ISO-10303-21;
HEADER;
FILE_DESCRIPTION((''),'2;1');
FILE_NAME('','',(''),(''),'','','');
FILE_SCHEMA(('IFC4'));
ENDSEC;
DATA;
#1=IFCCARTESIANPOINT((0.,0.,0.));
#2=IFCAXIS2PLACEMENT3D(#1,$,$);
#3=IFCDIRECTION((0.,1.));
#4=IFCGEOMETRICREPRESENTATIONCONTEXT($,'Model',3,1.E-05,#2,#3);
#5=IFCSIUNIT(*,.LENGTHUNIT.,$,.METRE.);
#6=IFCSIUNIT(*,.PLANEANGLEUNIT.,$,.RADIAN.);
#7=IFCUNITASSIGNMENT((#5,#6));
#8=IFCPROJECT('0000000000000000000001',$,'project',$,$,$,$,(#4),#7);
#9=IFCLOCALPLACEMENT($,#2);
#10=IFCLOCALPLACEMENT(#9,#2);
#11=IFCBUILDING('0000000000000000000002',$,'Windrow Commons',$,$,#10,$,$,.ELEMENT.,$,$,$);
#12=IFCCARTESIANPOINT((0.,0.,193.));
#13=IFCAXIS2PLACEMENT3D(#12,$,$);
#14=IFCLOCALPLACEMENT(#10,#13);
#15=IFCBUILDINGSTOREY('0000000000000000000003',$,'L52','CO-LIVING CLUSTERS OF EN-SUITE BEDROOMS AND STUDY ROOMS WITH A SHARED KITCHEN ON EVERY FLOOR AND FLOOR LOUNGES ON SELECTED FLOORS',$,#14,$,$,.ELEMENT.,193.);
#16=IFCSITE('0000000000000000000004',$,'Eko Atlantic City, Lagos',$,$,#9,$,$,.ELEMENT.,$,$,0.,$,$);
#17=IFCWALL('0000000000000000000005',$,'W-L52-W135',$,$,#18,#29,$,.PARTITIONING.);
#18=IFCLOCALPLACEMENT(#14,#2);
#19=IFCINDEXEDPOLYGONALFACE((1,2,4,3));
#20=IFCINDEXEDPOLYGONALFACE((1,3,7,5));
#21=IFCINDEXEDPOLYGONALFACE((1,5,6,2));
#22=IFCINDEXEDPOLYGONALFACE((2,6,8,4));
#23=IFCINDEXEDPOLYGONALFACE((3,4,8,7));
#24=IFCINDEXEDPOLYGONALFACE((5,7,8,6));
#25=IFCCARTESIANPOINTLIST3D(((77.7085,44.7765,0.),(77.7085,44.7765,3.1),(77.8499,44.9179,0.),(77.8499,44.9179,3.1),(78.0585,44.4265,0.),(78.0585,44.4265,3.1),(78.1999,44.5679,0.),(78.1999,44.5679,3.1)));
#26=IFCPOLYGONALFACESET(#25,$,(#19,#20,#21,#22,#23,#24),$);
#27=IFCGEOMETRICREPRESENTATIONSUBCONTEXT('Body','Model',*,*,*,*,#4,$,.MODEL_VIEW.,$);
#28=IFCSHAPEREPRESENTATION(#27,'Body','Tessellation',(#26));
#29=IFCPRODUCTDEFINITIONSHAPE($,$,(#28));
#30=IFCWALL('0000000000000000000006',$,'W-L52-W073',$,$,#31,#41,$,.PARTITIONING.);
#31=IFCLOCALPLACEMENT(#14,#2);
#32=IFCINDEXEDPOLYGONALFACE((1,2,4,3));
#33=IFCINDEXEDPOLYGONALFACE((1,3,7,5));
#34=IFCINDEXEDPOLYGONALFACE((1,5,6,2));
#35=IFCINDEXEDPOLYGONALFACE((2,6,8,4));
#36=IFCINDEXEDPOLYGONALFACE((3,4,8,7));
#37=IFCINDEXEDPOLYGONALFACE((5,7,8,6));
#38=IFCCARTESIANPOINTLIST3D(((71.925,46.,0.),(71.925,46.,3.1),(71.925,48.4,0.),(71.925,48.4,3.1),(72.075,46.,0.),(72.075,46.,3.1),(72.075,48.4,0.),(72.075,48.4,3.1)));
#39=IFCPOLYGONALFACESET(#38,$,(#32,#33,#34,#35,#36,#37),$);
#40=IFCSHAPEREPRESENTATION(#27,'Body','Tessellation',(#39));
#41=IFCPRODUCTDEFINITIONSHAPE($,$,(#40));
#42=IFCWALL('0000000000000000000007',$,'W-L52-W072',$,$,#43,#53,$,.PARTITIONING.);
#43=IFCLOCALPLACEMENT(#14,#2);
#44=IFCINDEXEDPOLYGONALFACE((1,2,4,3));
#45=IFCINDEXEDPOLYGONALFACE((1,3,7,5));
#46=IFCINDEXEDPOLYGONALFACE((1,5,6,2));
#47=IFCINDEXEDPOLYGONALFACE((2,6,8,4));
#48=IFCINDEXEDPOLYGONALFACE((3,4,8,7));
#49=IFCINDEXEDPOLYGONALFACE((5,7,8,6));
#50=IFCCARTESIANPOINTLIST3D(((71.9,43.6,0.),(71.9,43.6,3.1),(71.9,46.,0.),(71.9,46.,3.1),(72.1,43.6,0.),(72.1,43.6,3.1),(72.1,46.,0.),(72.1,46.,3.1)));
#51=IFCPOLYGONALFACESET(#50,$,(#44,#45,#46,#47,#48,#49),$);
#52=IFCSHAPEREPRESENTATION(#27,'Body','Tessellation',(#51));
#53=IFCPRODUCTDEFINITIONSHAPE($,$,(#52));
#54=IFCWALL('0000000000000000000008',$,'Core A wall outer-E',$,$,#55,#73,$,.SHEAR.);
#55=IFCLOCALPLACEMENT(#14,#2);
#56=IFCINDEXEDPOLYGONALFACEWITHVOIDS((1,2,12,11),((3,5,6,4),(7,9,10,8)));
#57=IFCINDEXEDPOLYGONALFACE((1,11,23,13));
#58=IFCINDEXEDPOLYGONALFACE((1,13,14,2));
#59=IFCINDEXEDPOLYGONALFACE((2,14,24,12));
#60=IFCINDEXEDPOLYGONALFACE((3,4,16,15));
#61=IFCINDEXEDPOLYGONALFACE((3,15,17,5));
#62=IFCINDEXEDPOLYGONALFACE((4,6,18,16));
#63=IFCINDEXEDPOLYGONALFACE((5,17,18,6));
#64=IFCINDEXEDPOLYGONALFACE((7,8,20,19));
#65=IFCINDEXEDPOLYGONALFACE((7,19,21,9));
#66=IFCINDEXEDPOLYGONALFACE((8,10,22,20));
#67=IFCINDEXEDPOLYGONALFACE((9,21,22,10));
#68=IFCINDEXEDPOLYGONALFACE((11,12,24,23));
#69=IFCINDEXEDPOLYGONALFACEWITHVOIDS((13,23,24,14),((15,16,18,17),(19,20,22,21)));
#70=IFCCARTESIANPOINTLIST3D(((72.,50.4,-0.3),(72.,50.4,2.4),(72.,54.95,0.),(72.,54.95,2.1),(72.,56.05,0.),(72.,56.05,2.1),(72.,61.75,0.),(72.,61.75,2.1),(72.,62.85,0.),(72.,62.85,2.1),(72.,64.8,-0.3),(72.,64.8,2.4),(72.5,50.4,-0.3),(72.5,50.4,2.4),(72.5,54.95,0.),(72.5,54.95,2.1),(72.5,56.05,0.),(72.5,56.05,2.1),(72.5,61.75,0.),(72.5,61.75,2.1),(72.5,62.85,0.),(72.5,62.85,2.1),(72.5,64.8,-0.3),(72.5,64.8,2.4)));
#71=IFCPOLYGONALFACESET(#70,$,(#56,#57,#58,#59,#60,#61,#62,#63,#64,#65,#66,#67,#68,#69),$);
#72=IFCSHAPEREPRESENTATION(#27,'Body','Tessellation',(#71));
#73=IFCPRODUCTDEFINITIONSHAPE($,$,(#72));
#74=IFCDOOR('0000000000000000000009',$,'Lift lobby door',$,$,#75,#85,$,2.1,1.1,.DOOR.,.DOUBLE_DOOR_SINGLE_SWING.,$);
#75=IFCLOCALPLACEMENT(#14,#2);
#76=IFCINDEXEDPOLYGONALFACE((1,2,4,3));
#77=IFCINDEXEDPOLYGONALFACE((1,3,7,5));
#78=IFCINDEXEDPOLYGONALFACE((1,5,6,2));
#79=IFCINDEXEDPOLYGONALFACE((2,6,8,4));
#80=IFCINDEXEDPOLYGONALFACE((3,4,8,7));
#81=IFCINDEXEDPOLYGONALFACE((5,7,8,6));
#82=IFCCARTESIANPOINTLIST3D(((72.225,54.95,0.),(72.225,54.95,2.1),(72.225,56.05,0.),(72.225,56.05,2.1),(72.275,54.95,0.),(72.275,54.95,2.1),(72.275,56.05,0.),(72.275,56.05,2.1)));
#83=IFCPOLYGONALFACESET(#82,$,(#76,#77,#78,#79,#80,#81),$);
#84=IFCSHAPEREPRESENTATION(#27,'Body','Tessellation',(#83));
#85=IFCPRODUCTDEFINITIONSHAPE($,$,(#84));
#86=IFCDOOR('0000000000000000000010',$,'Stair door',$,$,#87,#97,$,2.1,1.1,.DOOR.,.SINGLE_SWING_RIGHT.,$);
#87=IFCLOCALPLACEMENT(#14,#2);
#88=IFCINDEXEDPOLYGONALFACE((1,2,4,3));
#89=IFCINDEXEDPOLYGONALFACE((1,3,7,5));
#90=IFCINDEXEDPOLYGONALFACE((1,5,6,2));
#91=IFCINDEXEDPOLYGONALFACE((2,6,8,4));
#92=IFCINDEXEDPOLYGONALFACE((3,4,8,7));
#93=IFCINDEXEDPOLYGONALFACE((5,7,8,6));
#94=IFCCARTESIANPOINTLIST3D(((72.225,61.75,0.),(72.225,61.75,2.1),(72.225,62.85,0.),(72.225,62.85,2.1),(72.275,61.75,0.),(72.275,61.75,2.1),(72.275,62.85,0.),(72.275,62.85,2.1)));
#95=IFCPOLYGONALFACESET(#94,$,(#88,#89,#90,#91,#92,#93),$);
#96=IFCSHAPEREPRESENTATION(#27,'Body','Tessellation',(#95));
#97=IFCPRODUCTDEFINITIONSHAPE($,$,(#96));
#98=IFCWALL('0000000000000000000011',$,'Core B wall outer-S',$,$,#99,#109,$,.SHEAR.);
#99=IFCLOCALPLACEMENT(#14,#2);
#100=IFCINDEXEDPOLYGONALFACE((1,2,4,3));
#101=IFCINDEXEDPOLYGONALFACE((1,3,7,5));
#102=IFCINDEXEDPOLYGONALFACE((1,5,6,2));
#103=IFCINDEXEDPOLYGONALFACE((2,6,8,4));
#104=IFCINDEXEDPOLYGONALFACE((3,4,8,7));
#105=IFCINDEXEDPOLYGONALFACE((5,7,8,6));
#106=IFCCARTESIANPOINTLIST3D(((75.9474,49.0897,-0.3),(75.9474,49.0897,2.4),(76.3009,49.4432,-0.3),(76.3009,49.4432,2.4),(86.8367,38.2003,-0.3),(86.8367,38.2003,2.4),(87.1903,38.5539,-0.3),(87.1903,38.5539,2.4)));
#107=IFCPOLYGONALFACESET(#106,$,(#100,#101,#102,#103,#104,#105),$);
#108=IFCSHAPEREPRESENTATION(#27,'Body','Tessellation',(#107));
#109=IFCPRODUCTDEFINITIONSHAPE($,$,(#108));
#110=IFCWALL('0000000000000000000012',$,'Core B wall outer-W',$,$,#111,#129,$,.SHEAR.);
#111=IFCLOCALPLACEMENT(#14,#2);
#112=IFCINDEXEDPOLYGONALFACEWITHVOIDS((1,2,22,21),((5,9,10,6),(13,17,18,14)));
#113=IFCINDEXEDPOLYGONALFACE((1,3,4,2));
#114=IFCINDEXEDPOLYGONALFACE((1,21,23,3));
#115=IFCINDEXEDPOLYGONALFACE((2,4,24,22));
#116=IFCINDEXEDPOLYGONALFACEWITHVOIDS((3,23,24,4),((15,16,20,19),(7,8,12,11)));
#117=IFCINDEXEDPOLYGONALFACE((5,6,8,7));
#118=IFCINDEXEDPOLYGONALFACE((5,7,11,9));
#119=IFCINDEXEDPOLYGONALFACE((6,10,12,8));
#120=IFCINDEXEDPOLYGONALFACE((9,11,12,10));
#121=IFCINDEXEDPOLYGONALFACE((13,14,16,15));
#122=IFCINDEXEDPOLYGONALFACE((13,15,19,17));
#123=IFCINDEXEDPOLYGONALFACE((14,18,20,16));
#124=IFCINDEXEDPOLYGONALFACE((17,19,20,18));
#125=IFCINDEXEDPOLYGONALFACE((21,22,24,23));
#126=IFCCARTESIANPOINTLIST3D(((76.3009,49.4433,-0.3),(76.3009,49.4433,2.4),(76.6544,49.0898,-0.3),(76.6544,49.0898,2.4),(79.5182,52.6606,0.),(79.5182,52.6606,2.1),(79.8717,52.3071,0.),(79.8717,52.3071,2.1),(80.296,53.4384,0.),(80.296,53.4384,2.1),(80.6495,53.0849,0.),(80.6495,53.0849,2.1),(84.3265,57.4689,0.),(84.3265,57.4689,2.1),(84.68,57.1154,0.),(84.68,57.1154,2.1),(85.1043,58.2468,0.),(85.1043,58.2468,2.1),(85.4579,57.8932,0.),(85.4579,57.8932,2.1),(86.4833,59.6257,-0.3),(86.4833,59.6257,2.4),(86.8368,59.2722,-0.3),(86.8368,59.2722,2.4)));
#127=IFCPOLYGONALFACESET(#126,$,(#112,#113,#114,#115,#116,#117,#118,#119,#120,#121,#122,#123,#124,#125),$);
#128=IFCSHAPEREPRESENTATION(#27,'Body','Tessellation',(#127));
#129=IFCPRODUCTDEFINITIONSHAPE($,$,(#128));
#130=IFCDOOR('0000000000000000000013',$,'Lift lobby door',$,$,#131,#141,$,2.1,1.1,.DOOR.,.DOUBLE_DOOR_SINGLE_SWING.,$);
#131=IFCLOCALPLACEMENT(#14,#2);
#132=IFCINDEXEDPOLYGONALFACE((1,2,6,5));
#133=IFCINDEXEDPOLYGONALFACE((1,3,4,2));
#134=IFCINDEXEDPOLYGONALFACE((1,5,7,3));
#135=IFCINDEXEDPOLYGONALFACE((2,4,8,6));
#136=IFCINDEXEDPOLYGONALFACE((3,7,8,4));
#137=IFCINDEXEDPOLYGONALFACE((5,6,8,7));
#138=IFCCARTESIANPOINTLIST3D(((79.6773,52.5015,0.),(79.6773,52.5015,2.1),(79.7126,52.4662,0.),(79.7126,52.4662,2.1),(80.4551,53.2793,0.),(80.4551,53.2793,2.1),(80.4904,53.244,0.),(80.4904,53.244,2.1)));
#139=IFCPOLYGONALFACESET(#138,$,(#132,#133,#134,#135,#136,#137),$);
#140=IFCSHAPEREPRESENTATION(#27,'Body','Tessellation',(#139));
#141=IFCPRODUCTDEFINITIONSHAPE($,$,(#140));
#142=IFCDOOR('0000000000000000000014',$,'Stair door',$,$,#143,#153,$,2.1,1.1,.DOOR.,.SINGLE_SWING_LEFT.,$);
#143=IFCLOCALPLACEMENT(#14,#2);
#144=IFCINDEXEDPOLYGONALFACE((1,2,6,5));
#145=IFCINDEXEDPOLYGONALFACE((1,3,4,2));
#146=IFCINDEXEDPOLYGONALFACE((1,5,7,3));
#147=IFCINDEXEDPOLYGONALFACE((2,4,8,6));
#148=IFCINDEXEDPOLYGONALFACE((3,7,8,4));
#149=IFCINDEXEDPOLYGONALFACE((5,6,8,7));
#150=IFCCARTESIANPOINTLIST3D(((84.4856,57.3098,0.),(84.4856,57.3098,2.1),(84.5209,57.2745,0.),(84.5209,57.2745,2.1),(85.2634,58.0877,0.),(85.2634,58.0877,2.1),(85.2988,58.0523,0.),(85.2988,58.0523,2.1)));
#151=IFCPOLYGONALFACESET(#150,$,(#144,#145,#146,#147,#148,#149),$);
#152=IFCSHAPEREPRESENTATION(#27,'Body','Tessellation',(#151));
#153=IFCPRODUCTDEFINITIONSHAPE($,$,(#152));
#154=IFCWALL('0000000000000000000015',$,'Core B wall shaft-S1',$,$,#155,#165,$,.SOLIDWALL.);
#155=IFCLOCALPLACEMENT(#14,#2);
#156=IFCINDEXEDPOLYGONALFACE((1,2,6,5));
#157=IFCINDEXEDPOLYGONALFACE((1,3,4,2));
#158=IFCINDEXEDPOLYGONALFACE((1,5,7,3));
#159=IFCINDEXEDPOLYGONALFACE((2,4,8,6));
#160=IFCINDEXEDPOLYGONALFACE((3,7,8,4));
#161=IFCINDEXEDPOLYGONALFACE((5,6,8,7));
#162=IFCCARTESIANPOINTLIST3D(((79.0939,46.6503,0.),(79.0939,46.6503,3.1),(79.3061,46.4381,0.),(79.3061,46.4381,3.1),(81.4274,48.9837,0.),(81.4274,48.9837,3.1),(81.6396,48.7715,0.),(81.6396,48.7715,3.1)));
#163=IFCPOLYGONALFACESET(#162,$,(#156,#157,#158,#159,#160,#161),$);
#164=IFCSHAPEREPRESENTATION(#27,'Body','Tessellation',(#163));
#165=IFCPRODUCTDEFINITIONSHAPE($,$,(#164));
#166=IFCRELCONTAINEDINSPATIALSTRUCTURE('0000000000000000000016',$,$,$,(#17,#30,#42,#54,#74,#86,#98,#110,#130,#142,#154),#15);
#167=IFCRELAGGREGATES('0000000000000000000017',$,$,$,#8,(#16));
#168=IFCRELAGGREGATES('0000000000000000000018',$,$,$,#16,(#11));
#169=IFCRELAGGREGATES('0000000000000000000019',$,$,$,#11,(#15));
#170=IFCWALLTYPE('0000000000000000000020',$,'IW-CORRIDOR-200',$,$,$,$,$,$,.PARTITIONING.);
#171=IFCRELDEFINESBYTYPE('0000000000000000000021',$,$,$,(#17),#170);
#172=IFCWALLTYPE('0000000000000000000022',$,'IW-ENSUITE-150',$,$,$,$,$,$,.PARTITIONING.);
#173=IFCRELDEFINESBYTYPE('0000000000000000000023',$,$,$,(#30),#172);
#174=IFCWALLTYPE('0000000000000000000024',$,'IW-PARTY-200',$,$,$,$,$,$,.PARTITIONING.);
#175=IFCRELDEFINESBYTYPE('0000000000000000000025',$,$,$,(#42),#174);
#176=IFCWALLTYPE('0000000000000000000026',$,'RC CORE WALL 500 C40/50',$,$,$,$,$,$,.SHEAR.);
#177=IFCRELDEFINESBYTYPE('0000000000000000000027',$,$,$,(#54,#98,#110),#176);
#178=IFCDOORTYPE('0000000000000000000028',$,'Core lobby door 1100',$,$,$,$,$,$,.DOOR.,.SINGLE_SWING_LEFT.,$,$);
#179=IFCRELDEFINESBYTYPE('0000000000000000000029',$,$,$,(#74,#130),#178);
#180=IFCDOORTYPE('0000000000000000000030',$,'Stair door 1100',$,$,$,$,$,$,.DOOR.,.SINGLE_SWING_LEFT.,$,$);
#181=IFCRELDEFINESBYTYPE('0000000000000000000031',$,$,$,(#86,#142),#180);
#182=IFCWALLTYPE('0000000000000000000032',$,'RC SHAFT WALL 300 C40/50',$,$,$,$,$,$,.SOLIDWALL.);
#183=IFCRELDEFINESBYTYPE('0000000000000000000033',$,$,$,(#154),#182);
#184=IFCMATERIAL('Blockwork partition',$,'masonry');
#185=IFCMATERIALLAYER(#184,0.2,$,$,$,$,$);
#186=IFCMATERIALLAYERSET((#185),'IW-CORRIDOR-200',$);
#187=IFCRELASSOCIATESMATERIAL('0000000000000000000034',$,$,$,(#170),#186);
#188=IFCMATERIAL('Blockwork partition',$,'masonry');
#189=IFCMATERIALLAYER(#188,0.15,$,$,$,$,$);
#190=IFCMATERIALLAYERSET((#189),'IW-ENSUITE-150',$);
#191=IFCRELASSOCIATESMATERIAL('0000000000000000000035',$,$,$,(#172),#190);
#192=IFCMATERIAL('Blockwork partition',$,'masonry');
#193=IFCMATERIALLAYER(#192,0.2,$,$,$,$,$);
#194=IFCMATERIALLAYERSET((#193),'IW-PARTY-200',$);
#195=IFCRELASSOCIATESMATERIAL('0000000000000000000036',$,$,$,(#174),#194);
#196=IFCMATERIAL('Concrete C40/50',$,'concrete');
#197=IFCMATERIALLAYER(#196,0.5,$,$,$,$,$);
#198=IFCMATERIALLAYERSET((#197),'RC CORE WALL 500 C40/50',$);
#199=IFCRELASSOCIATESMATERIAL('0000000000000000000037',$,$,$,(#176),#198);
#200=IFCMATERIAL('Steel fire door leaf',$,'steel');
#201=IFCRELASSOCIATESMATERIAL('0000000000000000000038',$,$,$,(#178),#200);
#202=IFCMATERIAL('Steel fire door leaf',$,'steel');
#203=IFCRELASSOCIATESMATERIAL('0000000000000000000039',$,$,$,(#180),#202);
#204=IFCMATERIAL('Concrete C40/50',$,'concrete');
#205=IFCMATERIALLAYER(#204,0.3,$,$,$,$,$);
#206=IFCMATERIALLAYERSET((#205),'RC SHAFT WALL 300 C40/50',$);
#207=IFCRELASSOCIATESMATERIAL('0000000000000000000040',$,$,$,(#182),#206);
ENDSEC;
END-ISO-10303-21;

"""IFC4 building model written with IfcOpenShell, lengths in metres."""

from ifc_helpers import new_model, si_unit, direction, frame, frame_2d, origin, place, context, subcontext, project, spatial, rectangle, extrude, material, layer, layer_set, type_object, element, fill, save


model = new_model("IFC4")

# Units and contexts
model_context = context("Model", 3, precision=1e-05, world=origin(), true_north=direction((0.0, 1.0)))
body_context = subcontext(model_context, "Body", "Model", "MODEL_VIEW")
ifc_project = project(units=[si_unit("LENGTHUNIT", "METRE"), si_unit("PLANEANGLEUNIT", "RADIAN")], contexts=[model_context])

# Site, building, storey
site_placement = place(None, origin())
site = spatial("IfcSite", under=ifc_project, at=site_placement, Name="Eko Atlantic City, Lagos", CompositionType="ELEMENT", RefElevation=0.0)
building_placement = place(site_placement, origin())
building = spatial("IfcBuilding", under=site, at=building_placement, Name="Windrow Commons", CompositionType="ELEMENT")
storey_placement = place(building_placement, frame((0.0, 0.0, 193.0)))
storey = spatial("IfcBuildingStorey", under=building, at=storey_placement, Name="L52", Description="CO-LIVING CLUSTERS OF EN-SUITE BEDROOMS AND STUDY ROOMS WITH A SHARED KITCHEN ON EVERY FLOOR AND FLOOR LOUNGES ON SELECTED FLOORS", CompositionType="ELEMENT", Elevation=193.0)

# Shared definitions
ifc_material_1 = material(Name="Blockwork partition", Category="masonry")
ifc_layer_1 = layer(ifc_material_1, 0.2)
ifc_layer_set_1 = layer_set([ifc_layer_1], Name="IW-CORRIDOR-200")
wall_type_1 = type_object("IfcWallType", Name="IW-CORRIDOR-200", PredefinedType="PARTITIONING", material=ifc_layer_set_1)

# Walls
wall_1_placement = place(storey_placement, frame((77.7792, 44.8472, 0.0), z_axis=(0.0, 0.0, 1.0), x_axis=(0.707107, -0.707107, 0.0)))
element("IfcWall", 1, at=wall_1_placement, inside=storey, type_object=wall_type_1, Name="W-L52-W135", PredefinedType="PARTITIONING", context=body_context, shape_type="SweptSolid", body=[
    extrude(rectangle(XDim=0.495, YDim=0.2, at=frame_2d((0.2475, 0.0))), origin(), (0.0, 0.0, 1.0), 3.1),
])
ifc_material_2 = material(Name="Blockwork partition", Category="masonry")
ifc_layer_2 = layer(ifc_material_2, 0.15)
ifc_layer_set_2 = layer_set([ifc_layer_2], Name="IW-ENSUITE-150")
wall_type_2 = type_object("IfcWallType", Name="IW-ENSUITE-150", PredefinedType="PARTITIONING", material=ifc_layer_set_2)
wall_2_placement = place(storey_placement, frame((72.0, 46.0, 0.0), z_axis=(0.0, 0.0, 1.0), x_axis=(0.0, 1.0, 0.0)))
element("IfcWall", 2, at=wall_2_placement, inside=storey, type_object=wall_type_2, Name="W-L52-W073", PredefinedType="PARTITIONING", context=body_context, shape_type="SweptSolid", body=[
    extrude(rectangle(XDim=2.4, YDim=0.15, at=frame_2d((1.2, 0.0))), origin(), (0.0, 0.0, 1.0), 3.1),
])
ifc_material_3 = material(Name="Blockwork partition", Category="masonry")
ifc_layer_3 = layer(ifc_material_3, 0.2)
ifc_layer_set_3 = layer_set([ifc_layer_3], Name="IW-PARTY-200")
wall_type_3 = type_object("IfcWallType", Name="IW-PARTY-200", PredefinedType="PARTITIONING", material=ifc_layer_set_3)
wall_3_placement = place(storey_placement, frame((72.0, 43.6, 0.0), z_axis=(0.0, 0.0, 1.0), x_axis=(0.0, 1.0, 0.0)))
element("IfcWall", 3, at=wall_3_placement, inside=storey, type_object=wall_type_3, Name="W-L52-W072", PredefinedType="PARTITIONING", context=body_context, shape_type="SweptSolid", body=[
    extrude(rectangle(XDim=2.4, YDim=0.2, at=frame_2d((1.2, 0.0))), origin(), (0.0, 0.0, 1.0), 3.1),
])

# Wall, openings, doors
ifc_material_4 = material(Name="Concrete C40/50", Category="concrete")
ifc_layer_4 = layer(ifc_material_4, 0.5)
ifc_layer_set_4 = layer_set([ifc_layer_4], Name="RC CORE WALL 500 C40/50")
wall_type_4 = type_object("IfcWallType", Name="RC CORE WALL 500 C40/50", PredefinedType="SHEAR", material=ifc_layer_set_4)
wall_4_placement = place(storey_placement, frame((72.25, 50.4, -0.3), z_axis=(0.0, 0.0, 1.0), x_axis=(0.0, 1.0, 0.0)))
wall_4 = element("IfcWall", 4, at=wall_4_placement, inside=storey, type_object=wall_type_4, Name="Core A wall outer-E", PredefinedType="SHEAR", context=body_context, shape_type="SweptSolid", body=[
    extrude(rectangle(XDim=14.4, YDim=0.5, at=frame_2d((7.2, 0.0))), origin(), (0.0, 0.0, 1.0), 2.7),
])
opening_1_placement = place(wall_4_placement, frame((4.55, 0.0, 0.3)))
opening_1 = element("IfcOpeningElement", 5, at=opening_1_placement, cuts=wall_4, PredefinedType="OPENING", context=body_context, shape_type="SweptSolid", body=[
    extrude(rectangle(XDim=1.1, YDim=2.1, at=frame_2d((0.55, 1.05))), frame((0.0, 0.26, 0.0), z_axis=(0.0, -1.0, 0.0), x_axis=(1.0, 0.0, 0.0)), (0.0, 0.0, 1.0), 0.52),
])
opening_2_placement = place(wall_4_placement, frame((11.35, 0.0, 0.3)))
opening_2 = element("IfcOpeningElement", 6, at=opening_2_placement, cuts=wall_4, PredefinedType="OPENING", context=body_context, shape_type="SweptSolid", body=[
    extrude(rectangle(XDim=1.1, YDim=2.1, at=frame_2d((0.55, 1.05))), frame((0.0, 0.26, 0.0), z_axis=(0.0, -1.0, 0.0), x_axis=(1.0, 0.0, 0.0)), (0.0, 0.0, 1.0), 0.52),
])
ifc_material_5 = material(Name="Steel fire door leaf", Category="steel")
door_type_1 = type_object("IfcDoorType", Name="Core lobby door 1100", OperationType="SINGLE_SWING_LEFT", PredefinedType="DOOR", material=ifc_material_5)
door_1_placement = place(opening_1_placement, origin())
door_1 = element("IfcDoor", 7, at=door_1_placement, inside=storey, type_object=door_type_1, Name="Lift lobby door", OperationType="DOUBLE_DOOR_SINGLE_SWING", OverallHeight=2.1, OverallWidth=1.1, PredefinedType="DOOR", context=body_context, shape_type="SweptSolid", body=[
    extrude(rectangle(XDim=1.1, YDim=2.1, at=frame_2d((0.55, 1.05))), frame((0.0, 0.025, 0.0), z_axis=(0.0, -1.0, 0.0), x_axis=(1.0, 0.0, 0.0)), (0.0, 0.0, 1.0), 0.05),
])
fill(opening_1, door_1)
ifc_material_6 = material(Name="Steel fire door leaf", Category="steel")
door_type_2 = type_object("IfcDoorType", Name="Stair door 1100", OperationType="SINGLE_SWING_LEFT", PredefinedType="DOOR", material=ifc_material_6)
door_2_placement = place(opening_2_placement, origin())
door_2 = element("IfcDoor", 8, at=door_2_placement, inside=storey, type_object=door_type_2, Name="Stair door", OperationType="SINGLE_SWING_RIGHT", OverallHeight=2.1, OverallWidth=1.1, PredefinedType="DOOR", context=body_context, shape_type="SweptSolid", body=[
    extrude(rectangle(XDim=1.1, YDim=2.1, at=frame_2d((0.55, 1.05))), frame((0.0, 0.025, 0.0), z_axis=(0.0, -1.0, 0.0), x_axis=(1.0, 0.0, 0.0)), (0.0, 0.0, 1.0), 0.05),
])
fill(opening_2, door_2)

# Wall
wall_5_placement = place(storey_placement, frame((76.1241, 49.2665, -0.3), z_axis=(0.0, 0.0, 1.0), x_axis=(0.707107, -0.707107, 0.0)))
element("IfcWall", 9, at=wall_5_placement, inside=storey, type_object=wall_type_4, Name="Core B wall outer-S", PredefinedType="SHEAR", context=body_context, shape_type="SweptSolid", body=[
    extrude(rectangle(XDim=15.3999, YDim=0.5, at=frame_2d((7.7, 0.0))), origin(), (0.0, 0.0, 1.0), 2.7),
])

# Wall, openings, doors
wall_6_placement = place(storey_placement, frame((76.4776, 49.2665, -0.3), z_axis=(0.0, 0.0, 1.0), x_axis=(0.707107, 0.707107, 0.0)))
wall_6 = element("IfcWall", 10, at=wall_6_placement, inside=storey, type_object=wall_type_4, Name="Core B wall outer-W", PredefinedType="SHEAR", context=body_context, shape_type="SweptSolid", body=[
    extrude(rectangle(XDim=14.4001, YDim=0.5, at=frame_2d((7.2001, 0.0))), origin(), (0.0, 0.0, 1.0), 2.7),
])
opening_3_placement = place(wall_6_placement, frame((4.55, 0.0, 0.3)))
opening_3 = element("IfcOpeningElement", 11, at=opening_3_placement, cuts=wall_6, PredefinedType="OPENING", context=body_context, shape_type="SweptSolid", body=[
    extrude(rectangle(XDim=1.1, YDim=2.1, at=frame_2d((0.55, 1.05))), frame((0.0, 0.26, 0.0), z_axis=(0.0, -1.0, 0.0), x_axis=(1.0, 0.0, 0.0)), (0.0, 0.0, 1.0), 0.52),
])
opening_4_placement = place(wall_6_placement, frame((11.35, 0.0, 0.3)))
opening_4 = element("IfcOpeningElement", 12, at=opening_4_placement, cuts=wall_6, PredefinedType="OPENING", context=body_context, shape_type="SweptSolid", body=[
    extrude(rectangle(XDim=1.1, YDim=2.1, at=frame_2d((0.55, 1.05))), frame((0.0, 0.26, 0.0), z_axis=(0.0, -1.0, 0.0), x_axis=(1.0, 0.0, 0.0)), (0.0, 0.0, 1.0), 0.52),
])
door_3_placement = place(opening_3_placement, origin())
door_3 = element("IfcDoor", 13, at=door_3_placement, inside=storey, type_object=door_type_1, Name="Lift lobby door", OperationType="DOUBLE_DOOR_SINGLE_SWING", OverallHeight=2.1, OverallWidth=1.1, PredefinedType="DOOR", context=body_context, shape_type="SweptSolid", body=[
    extrude(rectangle(XDim=1.1, YDim=2.1, at=frame_2d((0.55, 1.05))), frame((0.0, 0.025, 0.0), z_axis=(0.0, -1.0, 0.0), x_axis=(1.0, 0.0, 0.0)), (0.0, 0.0, 1.0), 0.05),
])
fill(opening_3, door_3)
door_4_placement = place(opening_4_placement, origin())
door_4 = element("IfcDoor", 14, at=door_4_placement, inside=storey, type_object=door_type_2, Name="Stair door", OperationType="SINGLE_SWING_LEFT", OverallHeight=2.1, OverallWidth=1.1, PredefinedType="DOOR", context=body_context, shape_type="SweptSolid", body=[
    extrude(rectangle(XDim=1.1, YDim=2.1, at=frame_2d((0.55, 1.05))), frame((0.0, 0.025, 0.0), z_axis=(0.0, -1.0, 0.0), x_axis=(1.0, 0.0, 0.0)), (0.0, 0.0, 1.0), 0.05),
])
fill(opening_4, door_4)

# Wall
ifc_material_7 = material(Name="Concrete C40/50", Category="concrete")
ifc_layer_5 = layer(ifc_material_7, 0.3)
ifc_layer_set_5 = layer_set([ifc_layer_5], Name="RC SHAFT WALL 300 C40/50")
wall_type_5 = type_object("IfcWallType", Name="RC SHAFT WALL 300 C40/50", PredefinedType="SOLIDWALL", material=ifc_layer_set_5)
wall_7_placement = place(storey_placement, frame((79.2, 46.5442, 0.0), z_axis=(0.0, 0.0, 1.0), x_axis=(0.707122, 0.707092, 0.0)))
element("IfcWall", 15, at=wall_7_placement, inside=storey, type_object=wall_type_5, Name="Core B wall shaft-S1", PredefinedType="SOLIDWALL", context=body_context, shape_type="SweptSolid", body=[
    extrude(rectangle(XDim=3.3, YDim=0.3, at=frame_2d((1.65, 0.0))), origin(), (0.0, 0.0, 1.0), 3.1),
])

save(model, "model.ifc")
